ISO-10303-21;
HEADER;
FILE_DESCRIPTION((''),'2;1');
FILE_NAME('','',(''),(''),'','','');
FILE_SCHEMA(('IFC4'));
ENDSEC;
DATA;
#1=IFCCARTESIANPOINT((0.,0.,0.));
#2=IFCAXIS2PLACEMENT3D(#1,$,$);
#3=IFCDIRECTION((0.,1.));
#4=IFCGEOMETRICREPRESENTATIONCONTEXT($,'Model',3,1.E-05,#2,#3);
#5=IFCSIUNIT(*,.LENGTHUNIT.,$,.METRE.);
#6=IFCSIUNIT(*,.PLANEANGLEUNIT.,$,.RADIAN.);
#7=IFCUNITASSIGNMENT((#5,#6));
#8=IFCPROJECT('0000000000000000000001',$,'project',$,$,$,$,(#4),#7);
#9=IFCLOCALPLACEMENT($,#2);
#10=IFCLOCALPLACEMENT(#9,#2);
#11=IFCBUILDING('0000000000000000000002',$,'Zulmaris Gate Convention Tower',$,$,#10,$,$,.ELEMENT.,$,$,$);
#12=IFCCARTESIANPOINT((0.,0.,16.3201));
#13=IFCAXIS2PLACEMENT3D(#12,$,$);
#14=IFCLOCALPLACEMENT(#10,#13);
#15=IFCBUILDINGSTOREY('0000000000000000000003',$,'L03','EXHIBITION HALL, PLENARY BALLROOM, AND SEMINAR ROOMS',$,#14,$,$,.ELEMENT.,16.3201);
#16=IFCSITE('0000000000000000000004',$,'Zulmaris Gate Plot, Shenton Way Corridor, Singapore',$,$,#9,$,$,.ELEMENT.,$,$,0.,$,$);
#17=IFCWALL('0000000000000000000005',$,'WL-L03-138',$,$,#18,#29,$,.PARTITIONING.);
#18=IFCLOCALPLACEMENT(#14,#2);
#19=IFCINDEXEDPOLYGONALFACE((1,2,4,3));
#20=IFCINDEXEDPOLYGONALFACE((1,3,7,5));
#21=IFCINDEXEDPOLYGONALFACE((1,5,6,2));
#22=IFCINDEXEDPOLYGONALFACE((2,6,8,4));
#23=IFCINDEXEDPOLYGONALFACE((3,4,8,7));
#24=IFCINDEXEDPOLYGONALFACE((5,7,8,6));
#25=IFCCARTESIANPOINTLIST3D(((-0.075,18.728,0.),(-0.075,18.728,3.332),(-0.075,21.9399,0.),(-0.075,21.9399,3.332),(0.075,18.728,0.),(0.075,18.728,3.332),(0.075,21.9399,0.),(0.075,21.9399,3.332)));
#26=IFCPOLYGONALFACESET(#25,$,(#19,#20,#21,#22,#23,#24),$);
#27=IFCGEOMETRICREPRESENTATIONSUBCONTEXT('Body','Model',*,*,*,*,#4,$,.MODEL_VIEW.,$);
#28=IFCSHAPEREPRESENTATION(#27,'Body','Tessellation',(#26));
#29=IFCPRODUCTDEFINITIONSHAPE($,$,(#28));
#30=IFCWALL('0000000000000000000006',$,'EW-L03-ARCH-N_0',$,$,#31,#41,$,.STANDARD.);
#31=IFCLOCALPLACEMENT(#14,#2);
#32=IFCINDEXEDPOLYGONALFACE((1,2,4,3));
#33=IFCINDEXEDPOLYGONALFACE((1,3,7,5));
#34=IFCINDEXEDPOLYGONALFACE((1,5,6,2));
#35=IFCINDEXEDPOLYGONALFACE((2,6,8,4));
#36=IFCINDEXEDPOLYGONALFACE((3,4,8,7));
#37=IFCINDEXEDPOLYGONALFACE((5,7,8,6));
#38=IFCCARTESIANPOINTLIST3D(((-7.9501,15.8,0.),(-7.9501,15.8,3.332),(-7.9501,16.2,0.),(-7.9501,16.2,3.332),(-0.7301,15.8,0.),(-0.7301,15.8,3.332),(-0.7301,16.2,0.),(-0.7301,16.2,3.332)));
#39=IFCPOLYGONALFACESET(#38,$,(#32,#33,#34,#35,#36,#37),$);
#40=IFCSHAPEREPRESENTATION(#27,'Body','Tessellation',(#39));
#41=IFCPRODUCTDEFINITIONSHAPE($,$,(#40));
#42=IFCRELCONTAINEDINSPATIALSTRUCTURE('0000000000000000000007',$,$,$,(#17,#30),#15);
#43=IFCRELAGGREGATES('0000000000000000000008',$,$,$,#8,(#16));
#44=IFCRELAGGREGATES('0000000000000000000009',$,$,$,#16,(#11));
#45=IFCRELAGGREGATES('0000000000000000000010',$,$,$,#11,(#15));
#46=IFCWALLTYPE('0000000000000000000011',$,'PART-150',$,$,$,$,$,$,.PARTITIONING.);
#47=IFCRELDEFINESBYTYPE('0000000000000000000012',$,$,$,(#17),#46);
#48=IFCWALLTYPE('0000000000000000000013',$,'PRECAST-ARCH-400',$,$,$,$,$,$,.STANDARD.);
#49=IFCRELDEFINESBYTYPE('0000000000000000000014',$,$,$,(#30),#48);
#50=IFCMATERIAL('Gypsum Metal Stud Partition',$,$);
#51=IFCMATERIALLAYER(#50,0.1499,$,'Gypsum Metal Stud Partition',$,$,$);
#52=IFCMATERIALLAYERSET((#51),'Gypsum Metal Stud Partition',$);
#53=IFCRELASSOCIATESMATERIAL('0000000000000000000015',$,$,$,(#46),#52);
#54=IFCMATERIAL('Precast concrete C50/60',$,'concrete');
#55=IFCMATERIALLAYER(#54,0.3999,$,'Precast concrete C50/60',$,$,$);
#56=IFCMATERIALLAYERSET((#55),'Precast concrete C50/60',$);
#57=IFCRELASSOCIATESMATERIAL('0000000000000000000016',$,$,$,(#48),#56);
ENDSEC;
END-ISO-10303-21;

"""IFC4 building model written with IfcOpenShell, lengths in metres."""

from ifc_helpers import new_model, si_unit, direction, frame, frame_2d, origin, place, context, subcontext, project, spatial, rectangle, extrude, material, layer, layer_set, type_object, element, save


model = new_model("IFC4")

# Units and contexts
model_context = context("Model", 3, precision=1e-05, world=origin(), true_north=direction((0.0, 1.0)))
body_context = subcontext(model_context, "Body", "Model", "MODEL_VIEW")
ifc_project = project(units=[si_unit("LENGTHUNIT", "METRE"), si_unit("PLANEANGLEUNIT", "RADIAN")], contexts=[model_context])

# Site, building, storey
site_placement = place(None, origin())
site = spatial("IfcSite", under=ifc_project, at=site_placement, Name="Zulmaris Gate Plot, Shenton Way Corridor, Singapore", CompositionType="ELEMENT", RefElevation=0.0)
building_placement = place(site_placement, origin())
building = spatial("IfcBuilding", under=site, at=building_placement, Name="Zulmaris Gate Convention Tower", CompositionType="ELEMENT")
storey_placement = place(building_placement, frame((0.0, 0.0, 16.3201)))
storey = spatial("IfcBuildingStorey", under=building, at=storey_placement, Name="L03", Description="EXHIBITION HALL, PLENARY BALLROOM, AND SEMINAR ROOMS", CompositionType="ELEMENT", Elevation=16.3201)

# Walls
ifc_material_1 = material(Name="Gypsum Metal Stud Partition")
ifc_layer_1 = layer(ifc_material_1, 0.1499, Name="Gypsum Metal Stud Partition")
ifc_layer_set_1 = layer_set([ifc_layer_1], Name="Gypsum Metal Stud Partition")
wall_type_1 = type_object("IfcWallType", Name="PART-150", PredefinedType="PARTITIONING", material=ifc_layer_set_1)
wall_1_placement = place(storey_placement, frame((0.0, 18.728, 0.0), z_axis=(0.0, 0.0, 1.0), x_axis=(0.0, 1.0, 0.0)))
element("IfcWall", 1, at=wall_1_placement, inside=storey, type_object=wall_type_1, Name="WL-L03-138", PredefinedType="PARTITIONING", context=body_context, shape_type="SweptSolid", body=[
    extrude(rectangle(XDim=3.2119, YDim=0.1499, at=frame_2d((1.606, 0.0))), origin(), (0.0, 0.0, 1.0), 3.332),
])
ifc_material_2 = material(Name="Precast concrete C50/60", Category="concrete")
ifc_layer_2 = layer(ifc_material_2, 0.3999, Name="Precast concrete C50/60")
ifc_layer_set_2 = layer_set([ifc_layer_2], Name="Precast concrete C50/60")
wall_type_2 = type_object("IfcWallType", Name="PRECAST-ARCH-400", PredefinedType="STANDARD", material=ifc_layer_set_2)
wall_2_placement = place(storey_placement, frame((-7.95, 16.0, 0.0), z_axis=(0.0, 0.0, 1.0), x_axis=(1.0, 0.0, 0.0)))
element("IfcWall", 2, at=wall_2_placement, inside=storey, type_object=wall_type_2, Name="EW-L03-ARCH-N_0", PredefinedType="STANDARD", context=body_context, shape_type="SweptSolid", body=[
    extrude(rectangle(XDim=7.22, YDim=0.3999, at=frame_2d((3.6099, 0.0))), origin(), (0.0, 0.0, 1.0), 3.332),
])

save(model, "model.ifc")
